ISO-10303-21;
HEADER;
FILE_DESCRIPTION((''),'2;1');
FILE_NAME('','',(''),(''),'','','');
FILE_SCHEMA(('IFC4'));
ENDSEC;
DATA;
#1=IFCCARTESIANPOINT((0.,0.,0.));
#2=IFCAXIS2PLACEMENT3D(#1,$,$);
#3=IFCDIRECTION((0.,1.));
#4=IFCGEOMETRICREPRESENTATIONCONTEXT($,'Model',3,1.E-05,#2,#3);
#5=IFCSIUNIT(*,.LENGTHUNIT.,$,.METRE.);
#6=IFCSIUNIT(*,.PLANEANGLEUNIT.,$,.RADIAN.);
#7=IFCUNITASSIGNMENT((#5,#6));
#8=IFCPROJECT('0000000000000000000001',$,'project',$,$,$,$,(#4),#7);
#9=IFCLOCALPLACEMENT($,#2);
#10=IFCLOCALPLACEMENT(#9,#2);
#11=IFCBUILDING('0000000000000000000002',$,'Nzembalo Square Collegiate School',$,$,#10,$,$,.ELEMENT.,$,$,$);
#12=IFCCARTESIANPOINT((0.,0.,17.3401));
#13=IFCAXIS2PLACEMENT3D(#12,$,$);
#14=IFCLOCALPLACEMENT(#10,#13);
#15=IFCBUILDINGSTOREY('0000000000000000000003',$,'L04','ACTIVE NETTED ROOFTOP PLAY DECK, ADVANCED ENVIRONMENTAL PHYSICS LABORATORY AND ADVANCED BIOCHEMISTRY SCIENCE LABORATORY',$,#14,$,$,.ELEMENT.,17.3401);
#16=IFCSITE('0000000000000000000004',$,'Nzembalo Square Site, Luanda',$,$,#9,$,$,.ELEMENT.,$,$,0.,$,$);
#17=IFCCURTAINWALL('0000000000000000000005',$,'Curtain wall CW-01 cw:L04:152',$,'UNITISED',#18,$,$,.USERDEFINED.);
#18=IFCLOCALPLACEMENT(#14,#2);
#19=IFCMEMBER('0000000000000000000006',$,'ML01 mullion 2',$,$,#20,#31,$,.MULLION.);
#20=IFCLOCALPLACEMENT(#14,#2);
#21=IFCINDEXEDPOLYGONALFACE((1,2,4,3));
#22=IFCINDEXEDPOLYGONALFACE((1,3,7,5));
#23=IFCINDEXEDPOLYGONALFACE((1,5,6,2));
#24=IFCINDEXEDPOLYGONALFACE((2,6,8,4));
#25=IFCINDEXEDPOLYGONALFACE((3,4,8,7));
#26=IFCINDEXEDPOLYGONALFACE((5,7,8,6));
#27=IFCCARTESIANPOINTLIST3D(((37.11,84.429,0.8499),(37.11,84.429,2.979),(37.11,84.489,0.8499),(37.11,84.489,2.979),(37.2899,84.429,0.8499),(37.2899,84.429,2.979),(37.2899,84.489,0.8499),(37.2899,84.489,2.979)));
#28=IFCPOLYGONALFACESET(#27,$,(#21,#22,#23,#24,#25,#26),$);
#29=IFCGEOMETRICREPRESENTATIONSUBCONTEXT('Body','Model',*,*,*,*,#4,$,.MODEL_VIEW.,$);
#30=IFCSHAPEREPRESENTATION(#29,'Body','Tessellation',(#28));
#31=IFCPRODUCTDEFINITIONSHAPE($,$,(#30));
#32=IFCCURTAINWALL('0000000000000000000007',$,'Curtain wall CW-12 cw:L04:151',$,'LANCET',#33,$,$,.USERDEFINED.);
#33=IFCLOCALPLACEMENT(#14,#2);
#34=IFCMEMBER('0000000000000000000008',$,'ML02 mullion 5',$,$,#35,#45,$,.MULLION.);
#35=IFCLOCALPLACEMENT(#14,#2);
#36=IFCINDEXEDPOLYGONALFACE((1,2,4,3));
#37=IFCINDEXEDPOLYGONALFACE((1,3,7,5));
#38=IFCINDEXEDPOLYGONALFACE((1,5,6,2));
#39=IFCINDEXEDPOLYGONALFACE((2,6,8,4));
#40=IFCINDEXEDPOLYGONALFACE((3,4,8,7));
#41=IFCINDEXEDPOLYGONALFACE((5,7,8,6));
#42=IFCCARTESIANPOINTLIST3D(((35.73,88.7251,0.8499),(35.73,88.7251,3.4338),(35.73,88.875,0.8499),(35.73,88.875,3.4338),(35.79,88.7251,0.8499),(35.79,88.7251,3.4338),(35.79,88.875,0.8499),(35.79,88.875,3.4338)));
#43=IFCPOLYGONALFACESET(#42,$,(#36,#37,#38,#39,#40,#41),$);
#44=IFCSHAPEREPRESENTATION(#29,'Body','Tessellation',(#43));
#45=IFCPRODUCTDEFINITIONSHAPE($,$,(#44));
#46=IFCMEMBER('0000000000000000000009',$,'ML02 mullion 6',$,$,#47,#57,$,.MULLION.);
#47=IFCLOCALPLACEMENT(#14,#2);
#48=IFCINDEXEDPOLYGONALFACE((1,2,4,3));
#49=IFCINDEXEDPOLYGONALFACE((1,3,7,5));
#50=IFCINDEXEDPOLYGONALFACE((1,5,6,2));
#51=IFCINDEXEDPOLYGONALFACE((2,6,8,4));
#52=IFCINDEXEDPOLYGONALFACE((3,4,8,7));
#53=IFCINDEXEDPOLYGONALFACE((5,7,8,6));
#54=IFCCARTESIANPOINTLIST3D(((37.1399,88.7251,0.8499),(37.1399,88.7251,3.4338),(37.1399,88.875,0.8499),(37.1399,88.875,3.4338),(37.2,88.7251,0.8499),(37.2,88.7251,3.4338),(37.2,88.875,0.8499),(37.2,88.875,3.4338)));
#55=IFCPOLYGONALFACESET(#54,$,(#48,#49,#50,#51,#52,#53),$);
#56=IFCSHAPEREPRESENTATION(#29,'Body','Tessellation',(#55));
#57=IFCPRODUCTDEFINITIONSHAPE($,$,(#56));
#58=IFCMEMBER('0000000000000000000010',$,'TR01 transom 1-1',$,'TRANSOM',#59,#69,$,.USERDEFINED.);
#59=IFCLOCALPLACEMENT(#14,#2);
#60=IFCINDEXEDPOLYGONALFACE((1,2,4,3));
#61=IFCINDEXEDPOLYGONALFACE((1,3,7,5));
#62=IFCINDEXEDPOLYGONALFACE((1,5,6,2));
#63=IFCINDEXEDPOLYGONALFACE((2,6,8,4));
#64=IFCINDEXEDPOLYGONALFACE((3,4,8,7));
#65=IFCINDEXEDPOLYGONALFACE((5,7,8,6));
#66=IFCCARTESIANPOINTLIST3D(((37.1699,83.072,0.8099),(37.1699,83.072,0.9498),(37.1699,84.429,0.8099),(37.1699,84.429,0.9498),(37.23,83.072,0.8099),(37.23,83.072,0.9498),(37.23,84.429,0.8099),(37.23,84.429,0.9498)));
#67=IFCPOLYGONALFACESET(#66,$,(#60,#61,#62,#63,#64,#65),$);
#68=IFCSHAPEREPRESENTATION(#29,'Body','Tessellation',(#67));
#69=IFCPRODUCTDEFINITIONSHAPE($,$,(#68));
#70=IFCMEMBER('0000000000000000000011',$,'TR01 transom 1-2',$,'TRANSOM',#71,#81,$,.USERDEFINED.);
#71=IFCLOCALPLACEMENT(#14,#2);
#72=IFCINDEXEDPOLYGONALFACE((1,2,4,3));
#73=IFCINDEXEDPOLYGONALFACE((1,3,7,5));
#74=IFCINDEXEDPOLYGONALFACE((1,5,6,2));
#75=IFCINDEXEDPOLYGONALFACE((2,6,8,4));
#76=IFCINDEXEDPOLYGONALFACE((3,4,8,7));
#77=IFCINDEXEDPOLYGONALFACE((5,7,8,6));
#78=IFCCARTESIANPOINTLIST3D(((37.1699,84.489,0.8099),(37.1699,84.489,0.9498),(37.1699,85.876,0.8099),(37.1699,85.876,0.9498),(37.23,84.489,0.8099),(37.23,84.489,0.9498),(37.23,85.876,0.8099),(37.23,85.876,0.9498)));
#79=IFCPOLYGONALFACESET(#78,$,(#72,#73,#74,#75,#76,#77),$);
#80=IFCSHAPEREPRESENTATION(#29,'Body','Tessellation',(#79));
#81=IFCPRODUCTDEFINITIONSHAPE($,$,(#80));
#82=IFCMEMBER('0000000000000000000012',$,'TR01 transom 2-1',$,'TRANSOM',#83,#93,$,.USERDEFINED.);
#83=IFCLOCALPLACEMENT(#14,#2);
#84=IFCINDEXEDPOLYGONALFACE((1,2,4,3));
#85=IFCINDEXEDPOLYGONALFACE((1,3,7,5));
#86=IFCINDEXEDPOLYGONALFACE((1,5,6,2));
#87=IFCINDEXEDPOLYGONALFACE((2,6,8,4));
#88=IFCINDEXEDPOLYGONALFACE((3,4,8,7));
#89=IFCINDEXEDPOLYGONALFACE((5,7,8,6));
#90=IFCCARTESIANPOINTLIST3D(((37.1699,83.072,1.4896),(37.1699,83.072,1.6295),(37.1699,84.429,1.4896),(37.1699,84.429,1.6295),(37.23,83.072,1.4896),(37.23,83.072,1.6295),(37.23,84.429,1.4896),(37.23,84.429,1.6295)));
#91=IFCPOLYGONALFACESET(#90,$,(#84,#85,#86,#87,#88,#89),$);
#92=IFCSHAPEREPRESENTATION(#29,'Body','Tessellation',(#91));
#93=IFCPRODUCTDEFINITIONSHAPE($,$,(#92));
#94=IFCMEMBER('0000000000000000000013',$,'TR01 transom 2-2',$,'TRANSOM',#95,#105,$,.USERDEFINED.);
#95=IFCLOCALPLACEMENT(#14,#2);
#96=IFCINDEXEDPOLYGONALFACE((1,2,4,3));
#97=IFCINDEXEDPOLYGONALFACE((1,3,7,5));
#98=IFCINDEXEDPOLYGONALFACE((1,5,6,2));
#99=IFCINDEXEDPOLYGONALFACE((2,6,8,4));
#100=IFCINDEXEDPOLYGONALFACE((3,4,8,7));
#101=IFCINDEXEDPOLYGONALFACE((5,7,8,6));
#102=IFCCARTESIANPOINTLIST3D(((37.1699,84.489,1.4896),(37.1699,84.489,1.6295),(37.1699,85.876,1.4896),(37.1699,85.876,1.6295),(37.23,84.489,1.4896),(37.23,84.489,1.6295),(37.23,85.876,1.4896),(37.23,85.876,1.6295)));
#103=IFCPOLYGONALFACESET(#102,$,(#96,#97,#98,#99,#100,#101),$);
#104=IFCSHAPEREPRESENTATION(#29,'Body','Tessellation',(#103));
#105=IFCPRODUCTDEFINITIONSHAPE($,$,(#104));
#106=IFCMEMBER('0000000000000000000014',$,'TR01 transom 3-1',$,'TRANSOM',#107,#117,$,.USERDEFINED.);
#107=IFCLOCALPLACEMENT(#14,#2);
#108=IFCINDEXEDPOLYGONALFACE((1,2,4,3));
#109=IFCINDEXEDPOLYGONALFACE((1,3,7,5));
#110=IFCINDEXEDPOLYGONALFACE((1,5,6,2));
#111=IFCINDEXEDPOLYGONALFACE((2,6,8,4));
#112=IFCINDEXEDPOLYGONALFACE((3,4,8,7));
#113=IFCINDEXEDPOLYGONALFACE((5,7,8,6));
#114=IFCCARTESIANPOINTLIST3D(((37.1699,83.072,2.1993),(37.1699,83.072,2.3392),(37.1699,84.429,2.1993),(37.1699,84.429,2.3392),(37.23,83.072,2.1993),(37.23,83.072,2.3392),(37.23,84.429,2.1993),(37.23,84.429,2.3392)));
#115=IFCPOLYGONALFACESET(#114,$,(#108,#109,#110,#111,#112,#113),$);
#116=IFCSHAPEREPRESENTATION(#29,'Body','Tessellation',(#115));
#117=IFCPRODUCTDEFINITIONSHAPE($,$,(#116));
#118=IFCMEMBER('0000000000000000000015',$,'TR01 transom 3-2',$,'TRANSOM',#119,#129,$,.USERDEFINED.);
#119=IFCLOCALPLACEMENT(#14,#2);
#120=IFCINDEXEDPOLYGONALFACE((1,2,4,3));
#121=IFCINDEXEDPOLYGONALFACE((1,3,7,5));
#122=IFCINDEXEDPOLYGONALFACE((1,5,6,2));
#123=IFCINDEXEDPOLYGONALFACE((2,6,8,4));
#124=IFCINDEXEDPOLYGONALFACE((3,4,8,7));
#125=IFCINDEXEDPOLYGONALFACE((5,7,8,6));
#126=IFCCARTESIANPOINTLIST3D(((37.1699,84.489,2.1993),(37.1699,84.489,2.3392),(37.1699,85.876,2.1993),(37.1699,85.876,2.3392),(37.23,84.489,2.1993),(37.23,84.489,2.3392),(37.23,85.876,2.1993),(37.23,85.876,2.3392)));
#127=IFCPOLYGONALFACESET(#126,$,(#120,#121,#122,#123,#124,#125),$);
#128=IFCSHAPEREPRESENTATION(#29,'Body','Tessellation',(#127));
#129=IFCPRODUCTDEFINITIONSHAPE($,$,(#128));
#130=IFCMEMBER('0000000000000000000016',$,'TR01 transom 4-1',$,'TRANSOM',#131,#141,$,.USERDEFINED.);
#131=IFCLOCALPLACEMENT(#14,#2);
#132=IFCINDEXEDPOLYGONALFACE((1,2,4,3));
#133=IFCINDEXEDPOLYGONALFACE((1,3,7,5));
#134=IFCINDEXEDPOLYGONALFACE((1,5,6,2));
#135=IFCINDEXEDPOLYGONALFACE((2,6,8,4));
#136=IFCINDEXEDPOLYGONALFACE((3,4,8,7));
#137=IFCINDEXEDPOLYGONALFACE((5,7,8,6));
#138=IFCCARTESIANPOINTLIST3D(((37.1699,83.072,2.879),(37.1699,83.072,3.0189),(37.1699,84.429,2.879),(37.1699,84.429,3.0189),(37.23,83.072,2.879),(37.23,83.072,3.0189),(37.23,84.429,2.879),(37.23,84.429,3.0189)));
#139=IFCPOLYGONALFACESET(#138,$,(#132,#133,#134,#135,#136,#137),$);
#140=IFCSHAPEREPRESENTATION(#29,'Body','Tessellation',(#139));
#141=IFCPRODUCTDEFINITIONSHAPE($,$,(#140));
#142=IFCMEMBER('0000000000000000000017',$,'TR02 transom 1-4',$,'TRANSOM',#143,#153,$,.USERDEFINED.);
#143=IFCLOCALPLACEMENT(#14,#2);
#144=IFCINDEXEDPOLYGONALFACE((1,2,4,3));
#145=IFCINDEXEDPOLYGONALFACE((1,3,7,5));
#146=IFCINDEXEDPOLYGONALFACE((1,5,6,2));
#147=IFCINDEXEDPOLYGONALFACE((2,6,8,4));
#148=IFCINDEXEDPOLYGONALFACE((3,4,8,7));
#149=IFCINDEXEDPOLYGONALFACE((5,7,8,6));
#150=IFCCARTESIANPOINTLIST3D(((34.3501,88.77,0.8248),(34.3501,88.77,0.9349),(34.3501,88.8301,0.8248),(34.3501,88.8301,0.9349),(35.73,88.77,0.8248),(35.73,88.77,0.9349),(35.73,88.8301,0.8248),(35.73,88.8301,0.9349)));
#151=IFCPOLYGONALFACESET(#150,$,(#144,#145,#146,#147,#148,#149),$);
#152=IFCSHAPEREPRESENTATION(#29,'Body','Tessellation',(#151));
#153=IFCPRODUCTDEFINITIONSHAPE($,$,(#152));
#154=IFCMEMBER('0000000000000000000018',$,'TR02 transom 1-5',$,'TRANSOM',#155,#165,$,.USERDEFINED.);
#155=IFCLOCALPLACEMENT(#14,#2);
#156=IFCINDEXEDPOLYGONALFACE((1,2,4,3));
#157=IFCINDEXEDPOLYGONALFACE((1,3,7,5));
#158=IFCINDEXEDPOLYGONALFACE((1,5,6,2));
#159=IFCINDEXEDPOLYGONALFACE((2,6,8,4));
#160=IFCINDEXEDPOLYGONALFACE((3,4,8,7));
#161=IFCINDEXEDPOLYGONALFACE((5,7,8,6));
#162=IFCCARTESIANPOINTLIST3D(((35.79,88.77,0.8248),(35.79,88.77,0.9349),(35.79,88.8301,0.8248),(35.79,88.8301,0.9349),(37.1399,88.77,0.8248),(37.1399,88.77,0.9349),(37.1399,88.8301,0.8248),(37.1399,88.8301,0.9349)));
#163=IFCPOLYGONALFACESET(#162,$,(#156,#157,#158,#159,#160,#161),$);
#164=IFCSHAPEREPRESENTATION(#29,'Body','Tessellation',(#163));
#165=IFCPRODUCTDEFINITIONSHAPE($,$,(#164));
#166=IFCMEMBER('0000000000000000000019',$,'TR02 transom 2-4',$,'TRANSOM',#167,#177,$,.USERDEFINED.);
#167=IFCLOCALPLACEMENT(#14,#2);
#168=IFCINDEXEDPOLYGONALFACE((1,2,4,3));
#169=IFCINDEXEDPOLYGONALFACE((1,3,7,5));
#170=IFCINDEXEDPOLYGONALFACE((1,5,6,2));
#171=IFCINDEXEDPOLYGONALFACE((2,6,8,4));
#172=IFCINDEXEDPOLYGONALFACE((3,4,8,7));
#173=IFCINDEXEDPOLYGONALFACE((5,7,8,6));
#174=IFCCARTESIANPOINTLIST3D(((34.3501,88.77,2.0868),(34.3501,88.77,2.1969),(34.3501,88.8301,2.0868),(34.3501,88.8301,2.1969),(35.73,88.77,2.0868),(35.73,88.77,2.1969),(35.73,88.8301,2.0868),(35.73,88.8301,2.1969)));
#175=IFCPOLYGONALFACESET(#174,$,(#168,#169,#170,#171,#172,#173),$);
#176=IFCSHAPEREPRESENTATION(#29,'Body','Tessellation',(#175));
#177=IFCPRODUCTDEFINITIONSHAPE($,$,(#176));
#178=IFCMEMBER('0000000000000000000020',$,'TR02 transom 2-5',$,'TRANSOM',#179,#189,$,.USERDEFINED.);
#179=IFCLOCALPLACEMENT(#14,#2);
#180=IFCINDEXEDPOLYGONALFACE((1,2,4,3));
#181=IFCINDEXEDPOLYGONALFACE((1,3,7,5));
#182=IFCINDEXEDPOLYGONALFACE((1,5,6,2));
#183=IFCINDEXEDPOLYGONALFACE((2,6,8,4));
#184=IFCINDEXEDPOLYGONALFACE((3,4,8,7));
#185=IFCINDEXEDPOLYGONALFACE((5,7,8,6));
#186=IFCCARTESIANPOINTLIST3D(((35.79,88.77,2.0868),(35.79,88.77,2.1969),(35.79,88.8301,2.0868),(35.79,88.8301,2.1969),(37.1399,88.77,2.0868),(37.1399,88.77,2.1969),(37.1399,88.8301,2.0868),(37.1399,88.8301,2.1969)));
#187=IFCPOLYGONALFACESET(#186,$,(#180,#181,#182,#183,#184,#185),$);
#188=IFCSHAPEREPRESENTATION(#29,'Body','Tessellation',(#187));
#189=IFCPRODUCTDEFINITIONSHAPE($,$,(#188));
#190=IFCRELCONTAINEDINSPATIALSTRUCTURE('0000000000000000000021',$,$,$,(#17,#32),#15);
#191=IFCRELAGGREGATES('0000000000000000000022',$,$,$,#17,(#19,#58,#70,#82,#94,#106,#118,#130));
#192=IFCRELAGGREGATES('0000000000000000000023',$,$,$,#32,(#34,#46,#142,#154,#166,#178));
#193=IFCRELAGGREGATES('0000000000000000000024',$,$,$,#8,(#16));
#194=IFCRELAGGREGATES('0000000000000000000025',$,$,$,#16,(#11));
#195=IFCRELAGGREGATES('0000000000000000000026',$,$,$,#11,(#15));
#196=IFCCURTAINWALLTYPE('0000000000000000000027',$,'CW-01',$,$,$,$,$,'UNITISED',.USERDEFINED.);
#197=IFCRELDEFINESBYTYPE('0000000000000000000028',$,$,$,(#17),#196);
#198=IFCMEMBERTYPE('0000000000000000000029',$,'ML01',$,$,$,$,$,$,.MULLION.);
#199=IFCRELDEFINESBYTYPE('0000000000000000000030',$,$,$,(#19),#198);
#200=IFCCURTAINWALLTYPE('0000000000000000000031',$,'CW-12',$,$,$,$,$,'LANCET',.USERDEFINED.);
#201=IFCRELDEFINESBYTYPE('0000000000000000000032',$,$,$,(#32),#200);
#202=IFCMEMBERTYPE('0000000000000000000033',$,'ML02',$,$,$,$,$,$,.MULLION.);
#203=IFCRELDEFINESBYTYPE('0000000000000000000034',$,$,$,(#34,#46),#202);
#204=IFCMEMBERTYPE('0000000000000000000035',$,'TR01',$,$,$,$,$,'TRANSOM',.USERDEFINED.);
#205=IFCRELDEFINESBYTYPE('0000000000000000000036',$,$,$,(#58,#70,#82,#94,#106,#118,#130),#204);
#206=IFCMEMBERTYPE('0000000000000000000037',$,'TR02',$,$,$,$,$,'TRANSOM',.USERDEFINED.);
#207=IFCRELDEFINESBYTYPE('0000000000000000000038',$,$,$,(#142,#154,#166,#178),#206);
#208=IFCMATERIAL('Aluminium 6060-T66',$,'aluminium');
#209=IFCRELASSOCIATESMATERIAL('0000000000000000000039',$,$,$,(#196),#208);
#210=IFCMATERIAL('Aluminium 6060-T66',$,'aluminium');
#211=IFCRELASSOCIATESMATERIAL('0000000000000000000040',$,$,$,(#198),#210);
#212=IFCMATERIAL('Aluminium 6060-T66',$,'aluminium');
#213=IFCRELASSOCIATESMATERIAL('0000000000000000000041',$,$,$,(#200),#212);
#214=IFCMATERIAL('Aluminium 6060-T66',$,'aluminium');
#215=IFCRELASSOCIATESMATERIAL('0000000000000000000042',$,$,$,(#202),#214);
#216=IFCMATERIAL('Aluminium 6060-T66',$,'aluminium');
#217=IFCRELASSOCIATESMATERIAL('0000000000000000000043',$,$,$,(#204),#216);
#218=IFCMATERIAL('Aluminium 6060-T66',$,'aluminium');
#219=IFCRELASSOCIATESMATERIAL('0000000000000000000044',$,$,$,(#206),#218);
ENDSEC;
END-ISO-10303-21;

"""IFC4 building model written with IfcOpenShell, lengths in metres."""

from ifc_helpers import new_model, si_unit, direction, frame, origin, origin_2d, place, context, subcontext, project, spatial, rectangle, extrude, material, material_profile, profile_set, type_object, element, aggregate, save


model = new_model("IFC4")

# Units and contexts
model_context = context("Model", 3, precision=1e-05, world=origin(), true_north=direction((0.0, 1.0)))
body_context = subcontext(model_context, "Body", "Model", "MODEL_VIEW")
ifc_project = project(units=[si_unit("LENGTHUNIT", "METRE"), si_unit("PLANEANGLEUNIT", "RADIAN")], contexts=[model_context])

# Site, building, storey
site_placement = place(None, origin())
site = spatial("IfcSite", under=ifc_project, at=site_placement, Name="Nzembalo Square Site, Luanda", CompositionType="ELEMENT", RefElevation=0.0)
building_placement = place(site_placement, origin())
building = spatial("IfcBuilding", under=site, at=building_placement, Name="Nzembalo Square Collegiate School", CompositionType="ELEMENT")
storey_placement = place(building_placement, frame((0.0, 0.0, 17.3401)))
storey = spatial("IfcBuildingStorey", under=building, at=storey_placement, Name="L04", Description="ACTIVE NETTED ROOFTOP PLAY DECK, ADVANCED ENVIRONMENTAL PHYSICS LABORATORY AND ADVANCED BIOCHEMISTRY SCIENCE LABORATORY", CompositionType="ELEMENT", Elevation=17.3401)

# Curtain wall, member
ifc_material_1 = material(Name="Aluminium 6060-T66", Category="aluminium")
curtain_wall_type_1 = type_object("IfcCurtainWallType", Name="CW-01", ElementType="UNITISED", PredefinedType="USERDEFINED", material=ifc_material_1)
curtain_wall_1_placement = place(storey_placement, origin())
curtain_wall_1 = element("IfcCurtainWall", 1, at=curtain_wall_1_placement, inside=storey, type_object=curtain_wall_type_1, Name="Curtain wall CW-01 cw:L04:152", ObjectType="UNITISED", PredefinedType="USERDEFINED")
ifc_material_2 = material(Name="Aluminium 6060-T66", Category="aluminium")
ifc_material_profile_1 = material_profile(ifc_material_2, rectangle(XDim=0.0601, YDim=0.1799, at=origin_2d()), Name="ALU M60x180")
ifc_profile_set_1 = profile_set([ifc_material_profile_1], Name="Aluminium 6060-T66")
member_type_1 = type_object("IfcMemberType", Name="ML01", PredefinedType="MULLION", material=ifc_profile_set_1)
member_1_placement = place(storey_placement, frame((37.2, 84.459, 0.8499), z_axis=(0.0, 0.0, 1.0), x_axis=(0.0, 1.0, 0.0)))
member_1 = element("IfcMember", 2, at=member_1_placement, type_object=member_type_1, Name="ML01 mullion 2", PredefinedType="MULLION", context=body_context, shape_type="SweptSolid", body=[
    extrude(rectangle(XDim=0.0601, YDim=0.1799, at=origin_2d()), origin(), (0.0, 0.0, 1.0), 2.1292),
])

# Curtain wall, members
ifc_material_3 = material(Name="Aluminium 6060-T66", Category="aluminium")
curtain_wall_type_2 = type_object("IfcCurtainWallType", Name="CW-12", ElementType="LANCET", PredefinedType="USERDEFINED", material=ifc_material_3)
curtain_wall_2_placement = place(storey_placement, origin())
curtain_wall_2 = element("IfcCurtainWall", 3, at=curtain_wall_2_placement, inside=storey, type_object=curtain_wall_type_2, Name="Curtain wall CW-12 cw:L04:151", ObjectType="LANCET", PredefinedType="USERDEFINED")
ifc_material_4 = material(Name="Aluminium 6060-T66", Category="aluminium")
ifc_material_profile_2 = material_profile(ifc_material_4, rectangle(XDim=0.0601, YDim=0.1499, at=origin_2d()), Name="ALU M60x150")
ifc_profile_set_2 = profile_set([ifc_material_profile_2], Name="Aluminium 6060-T66")
member_type_2 = type_object("IfcMemberType", Name="ML02", PredefinedType="MULLION", material=ifc_profile_set_2)
member_2_placement = place(storey_placement, frame((35.76, 88.8, 0.8499), z_axis=(0.0, 0.0, 1.0), x_axis=(1.0, 0.0, 0.0)))
member_2 = element("IfcMember", 4, at=member_2_placement, type_object=member_type_2, Name="ML02 mullion 5", PredefinedType="MULLION", context=body_context, shape_type="SweptSolid", body=[
    extrude(rectangle(XDim=0.0601, YDim=0.1499, at=origin_2d()), origin(), (0.0, 0.0, 1.0), 2.584),
])
member_3_placement = place(storey_placement, frame((37.1699, 88.8, 0.8499), z_axis=(0.0, 0.0, 1.0), x_axis=(1.0, 0.0, 0.0)))
member_3 = element("IfcMember", 5, at=member_3_placement, type_object=member_type_2, Name="ML02 mullion 6", PredefinedType="MULLION", context=body_context, shape_type="SweptSolid", body=[
    extrude(rectangle(XDim=0.0601, YDim=0.1499, at=origin_2d()), origin(), (0.0, 0.0, 1.0), 2.584),
])

# Members
ifc_material_5 = material(Name="Aluminium 6060-T66", Category="aluminium")
ifc_material_profile_3 = material_profile(ifc_material_5, rectangle(XDim=0.0601, YDim=0.1399, at=origin_2d()), Name="ALU T60x140")
ifc_profile_set_3 = profile_set([ifc_material_profile_3], Name="Aluminium 6060-T66")
member_type_3 = type_object("IfcMemberType", Name="TR01", ElementType="TRANSOM", PredefinedType="USERDEFINED", material=ifc_profile_set_3)
member_4_placement = place(storey_placement, frame((37.2, 83.072, 0.8799), z_axis=(0.0, 1.0, 0.0), x_axis=(-1.0, 0.0, 0.0)))
member_4 = element("IfcMember", 6, at=member_4_placement, type_object=member_type_3, Name="TR01 transom 1-1", ObjectType="TRANSOM", PredefinedType="USERDEFINED", context=body_context, shape_type="SweptSolid", body=[
    extrude(rectangle(XDim=0.0601, YDim=0.1399, at=origin_2d()), origin(), (0.0, 0.0, 1.0), 1.3569),
])
member_5_placement = place(storey_placement, frame((37.2, 84.489, 0.8799), z_axis=(0.0, 1.0, 0.0), x_axis=(-1.0, 0.0, 0.0)))
member_5 = element("IfcMember", 7, at=member_5_placement, type_object=member_type_3, Name="TR01 transom 1-2", ObjectType="TRANSOM", PredefinedType="USERDEFINED", context=body_context, shape_type="SweptSolid", body=[
    extrude(rectangle(XDim=0.0601, YDim=0.1399, at=origin_2d()), origin(), (0.0, 0.0, 1.0), 1.387),
])
member_6_placement = place(storey_placement, frame((37.2, 83.072, 1.5596), z_axis=(0.0, 1.0, 0.0), x_axis=(-1.0, 0.0, 0.0)))
member_6 = element("IfcMember", 8, at=member_6_placement, type_object=member_type_3, Name="TR01 transom 2-1", ObjectType="TRANSOM", PredefinedType="USERDEFINED", context=body_context, shape_type="SweptSolid", body=[
    extrude(rectangle(XDim=0.0601, YDim=0.1399, at=origin_2d()), origin(), (0.0, 0.0, 1.0), 1.3569),
])
member_7_placement = place(storey_placement, frame((37.2, 84.489, 1.5596), z_axis=(0.0, 1.0, 0.0), x_axis=(-1.0, 0.0, 0.0)))
member_7 = element("IfcMember", 9, at=member_7_placement, type_object=member_type_3, Name="TR01 transom 2-2", ObjectType="TRANSOM", PredefinedType="USERDEFINED", context=body_context, shape_type="SweptSolid", body=[
    extrude(rectangle(XDim=0.0601, YDim=0.1399, at=origin_2d()), origin(), (0.0, 0.0, 1.0), 1.387),
])
member_8_placement = place(storey_placement, frame((37.2, 83.072, 2.2693), z_axis=(0.0, 1.0, 0.0), x_axis=(-1.0, 0.0, 0.0)))
member_8 = element("IfcMember", 10, at=member_8_placement, type_object=member_type_3, Name="TR01 transom 3-1", ObjectType="TRANSOM", PredefinedType="USERDEFINED", context=body_context, shape_type="SweptSolid", body=[
    extrude(rectangle(XDim=0.0601, YDim=0.1399, at=origin_2d()), origin(), (0.0, 0.0, 1.0), 1.3569),
])
member_9_placement = place(storey_placement, frame((37.2, 84.489, 2.2693), z_axis=(0.0, 1.0, 0.0), x_axis=(-1.0, 0.0, 0.0)))
member_9 = element("IfcMember", 11, at=member_9_placement, type_object=member_type_3, Name="TR01 transom 3-2", ObjectType="TRANSOM", PredefinedType="USERDEFINED", context=body_context, shape_type="SweptSolid", body=[
    extrude(rectangle(XDim=0.0601, YDim=0.1399, at=origin_2d()), origin(), (0.0, 0.0, 1.0), 1.387),
])
member_10_placement = place(storey_placement, frame((37.2, 83.072, 2.949), z_axis=(0.0, 1.0, 0.0), x_axis=(-1.0, 0.0, 0.0)))
member_10 = element("IfcMember", 12, at=member_10_placement, type_object=member_type_3, Name="TR01 transom 4-1", ObjectType="TRANSOM", PredefinedType="USERDEFINED", context=body_context, shape_type="SweptSolid", body=[
    extrude(rectangle(XDim=0.0601, YDim=0.1399, at=origin_2d()), origin(), (0.0, 0.0, 1.0), 1.3569),
])
ifc_material_6 = material(Name="Aluminium 6060-T66", Category="aluminium")
ifc_material_profile_4 = material_profile(ifc_material_6, rectangle(XDim=0.0601, YDim=0.1101, at=origin_2d()), Name="ALU T60x110")
ifc_profile_set_4 = profile_set([ifc_material_profile_4], Name="Aluminium 6060-T66")
member_type_4 = type_object("IfcMemberType", Name="TR02", ElementType="TRANSOM", PredefinedType="USERDEFINED", material=ifc_profile_set_4)
member_11_placement = place(storey_placement, frame((34.3501, 88.8, 0.8799), z_axis=(1.0, 0.0, 0.0), x_axis=(0.0, 1.0, 0.0)))
member_11 = element("IfcMember", 13, at=member_11_placement, type_object=member_type_4, Name="TR02 transom 1-4", ObjectType="TRANSOM", PredefinedType="USERDEFINED", context=body_context, shape_type="SweptSolid", body=[
    extrude(rectangle(XDim=0.0601, YDim=0.1101, at=origin_2d()), origin(), (0.0, 0.0, 1.0), 1.3799),
])
member_12_placement = place(storey_placement, frame((35.79, 88.8, 0.8799), z_axis=(1.0, 0.0, 0.0), x_axis=(0.0, 1.0, 0.0)))
member_12 = element("IfcMember", 14, at=member_12_placement, type_object=member_type_4, Name="TR02 transom 1-5", ObjectType="TRANSOM", PredefinedType="USERDEFINED", context=body_context, shape_type="SweptSolid", body=[
    extrude(rectangle(XDim=0.0601, YDim=0.1101, at=origin_2d()), origin(), (0.0, 0.0, 1.0), 1.3499),
])
member_13_placement = place(storey_placement, frame((34.3501, 88.8, 2.1418), z_axis=(1.0, 0.0, 0.0), x_axis=(0.0, 1.0, 0.0)))
member_13 = element("IfcMember", 15, at=member_13_placement, type_object=member_type_4, Name="TR02 transom 2-4", ObjectType="TRANSOM", PredefinedType="USERDEFINED", context=body_context, shape_type="SweptSolid", body=[
    extrude(rectangle(XDim=0.0601, YDim=0.1101, at=origin_2d()), origin(), (0.0, 0.0, 1.0), 1.3799),
])
member_14_placement = place(storey_placement, frame((35.79, 88.8, 2.1418), z_axis=(1.0, 0.0, 0.0), x_axis=(0.0, 1.0, 0.0)))
member_14 = element("IfcMember", 16, at=member_14_placement, type_object=member_type_4, Name="TR02 transom 2-5", ObjectType="TRANSOM", PredefinedType="USERDEFINED", context=body_context, shape_type="SweptSolid", body=[
    extrude(rectangle(XDim=0.0601, YDim=0.1101, at=origin_2d()), origin(), (0.0, 0.0, 1.0), 1.3499),
])

aggregate(curtain_wall_1, [member_1, member_4, member_5, member_6, member_7, member_8, member_9, member_10])
aggregate(curtain_wall_2, [member_2, member_3, member_11, member_12, member_13, member_14])

save(model, "model.ifc")
